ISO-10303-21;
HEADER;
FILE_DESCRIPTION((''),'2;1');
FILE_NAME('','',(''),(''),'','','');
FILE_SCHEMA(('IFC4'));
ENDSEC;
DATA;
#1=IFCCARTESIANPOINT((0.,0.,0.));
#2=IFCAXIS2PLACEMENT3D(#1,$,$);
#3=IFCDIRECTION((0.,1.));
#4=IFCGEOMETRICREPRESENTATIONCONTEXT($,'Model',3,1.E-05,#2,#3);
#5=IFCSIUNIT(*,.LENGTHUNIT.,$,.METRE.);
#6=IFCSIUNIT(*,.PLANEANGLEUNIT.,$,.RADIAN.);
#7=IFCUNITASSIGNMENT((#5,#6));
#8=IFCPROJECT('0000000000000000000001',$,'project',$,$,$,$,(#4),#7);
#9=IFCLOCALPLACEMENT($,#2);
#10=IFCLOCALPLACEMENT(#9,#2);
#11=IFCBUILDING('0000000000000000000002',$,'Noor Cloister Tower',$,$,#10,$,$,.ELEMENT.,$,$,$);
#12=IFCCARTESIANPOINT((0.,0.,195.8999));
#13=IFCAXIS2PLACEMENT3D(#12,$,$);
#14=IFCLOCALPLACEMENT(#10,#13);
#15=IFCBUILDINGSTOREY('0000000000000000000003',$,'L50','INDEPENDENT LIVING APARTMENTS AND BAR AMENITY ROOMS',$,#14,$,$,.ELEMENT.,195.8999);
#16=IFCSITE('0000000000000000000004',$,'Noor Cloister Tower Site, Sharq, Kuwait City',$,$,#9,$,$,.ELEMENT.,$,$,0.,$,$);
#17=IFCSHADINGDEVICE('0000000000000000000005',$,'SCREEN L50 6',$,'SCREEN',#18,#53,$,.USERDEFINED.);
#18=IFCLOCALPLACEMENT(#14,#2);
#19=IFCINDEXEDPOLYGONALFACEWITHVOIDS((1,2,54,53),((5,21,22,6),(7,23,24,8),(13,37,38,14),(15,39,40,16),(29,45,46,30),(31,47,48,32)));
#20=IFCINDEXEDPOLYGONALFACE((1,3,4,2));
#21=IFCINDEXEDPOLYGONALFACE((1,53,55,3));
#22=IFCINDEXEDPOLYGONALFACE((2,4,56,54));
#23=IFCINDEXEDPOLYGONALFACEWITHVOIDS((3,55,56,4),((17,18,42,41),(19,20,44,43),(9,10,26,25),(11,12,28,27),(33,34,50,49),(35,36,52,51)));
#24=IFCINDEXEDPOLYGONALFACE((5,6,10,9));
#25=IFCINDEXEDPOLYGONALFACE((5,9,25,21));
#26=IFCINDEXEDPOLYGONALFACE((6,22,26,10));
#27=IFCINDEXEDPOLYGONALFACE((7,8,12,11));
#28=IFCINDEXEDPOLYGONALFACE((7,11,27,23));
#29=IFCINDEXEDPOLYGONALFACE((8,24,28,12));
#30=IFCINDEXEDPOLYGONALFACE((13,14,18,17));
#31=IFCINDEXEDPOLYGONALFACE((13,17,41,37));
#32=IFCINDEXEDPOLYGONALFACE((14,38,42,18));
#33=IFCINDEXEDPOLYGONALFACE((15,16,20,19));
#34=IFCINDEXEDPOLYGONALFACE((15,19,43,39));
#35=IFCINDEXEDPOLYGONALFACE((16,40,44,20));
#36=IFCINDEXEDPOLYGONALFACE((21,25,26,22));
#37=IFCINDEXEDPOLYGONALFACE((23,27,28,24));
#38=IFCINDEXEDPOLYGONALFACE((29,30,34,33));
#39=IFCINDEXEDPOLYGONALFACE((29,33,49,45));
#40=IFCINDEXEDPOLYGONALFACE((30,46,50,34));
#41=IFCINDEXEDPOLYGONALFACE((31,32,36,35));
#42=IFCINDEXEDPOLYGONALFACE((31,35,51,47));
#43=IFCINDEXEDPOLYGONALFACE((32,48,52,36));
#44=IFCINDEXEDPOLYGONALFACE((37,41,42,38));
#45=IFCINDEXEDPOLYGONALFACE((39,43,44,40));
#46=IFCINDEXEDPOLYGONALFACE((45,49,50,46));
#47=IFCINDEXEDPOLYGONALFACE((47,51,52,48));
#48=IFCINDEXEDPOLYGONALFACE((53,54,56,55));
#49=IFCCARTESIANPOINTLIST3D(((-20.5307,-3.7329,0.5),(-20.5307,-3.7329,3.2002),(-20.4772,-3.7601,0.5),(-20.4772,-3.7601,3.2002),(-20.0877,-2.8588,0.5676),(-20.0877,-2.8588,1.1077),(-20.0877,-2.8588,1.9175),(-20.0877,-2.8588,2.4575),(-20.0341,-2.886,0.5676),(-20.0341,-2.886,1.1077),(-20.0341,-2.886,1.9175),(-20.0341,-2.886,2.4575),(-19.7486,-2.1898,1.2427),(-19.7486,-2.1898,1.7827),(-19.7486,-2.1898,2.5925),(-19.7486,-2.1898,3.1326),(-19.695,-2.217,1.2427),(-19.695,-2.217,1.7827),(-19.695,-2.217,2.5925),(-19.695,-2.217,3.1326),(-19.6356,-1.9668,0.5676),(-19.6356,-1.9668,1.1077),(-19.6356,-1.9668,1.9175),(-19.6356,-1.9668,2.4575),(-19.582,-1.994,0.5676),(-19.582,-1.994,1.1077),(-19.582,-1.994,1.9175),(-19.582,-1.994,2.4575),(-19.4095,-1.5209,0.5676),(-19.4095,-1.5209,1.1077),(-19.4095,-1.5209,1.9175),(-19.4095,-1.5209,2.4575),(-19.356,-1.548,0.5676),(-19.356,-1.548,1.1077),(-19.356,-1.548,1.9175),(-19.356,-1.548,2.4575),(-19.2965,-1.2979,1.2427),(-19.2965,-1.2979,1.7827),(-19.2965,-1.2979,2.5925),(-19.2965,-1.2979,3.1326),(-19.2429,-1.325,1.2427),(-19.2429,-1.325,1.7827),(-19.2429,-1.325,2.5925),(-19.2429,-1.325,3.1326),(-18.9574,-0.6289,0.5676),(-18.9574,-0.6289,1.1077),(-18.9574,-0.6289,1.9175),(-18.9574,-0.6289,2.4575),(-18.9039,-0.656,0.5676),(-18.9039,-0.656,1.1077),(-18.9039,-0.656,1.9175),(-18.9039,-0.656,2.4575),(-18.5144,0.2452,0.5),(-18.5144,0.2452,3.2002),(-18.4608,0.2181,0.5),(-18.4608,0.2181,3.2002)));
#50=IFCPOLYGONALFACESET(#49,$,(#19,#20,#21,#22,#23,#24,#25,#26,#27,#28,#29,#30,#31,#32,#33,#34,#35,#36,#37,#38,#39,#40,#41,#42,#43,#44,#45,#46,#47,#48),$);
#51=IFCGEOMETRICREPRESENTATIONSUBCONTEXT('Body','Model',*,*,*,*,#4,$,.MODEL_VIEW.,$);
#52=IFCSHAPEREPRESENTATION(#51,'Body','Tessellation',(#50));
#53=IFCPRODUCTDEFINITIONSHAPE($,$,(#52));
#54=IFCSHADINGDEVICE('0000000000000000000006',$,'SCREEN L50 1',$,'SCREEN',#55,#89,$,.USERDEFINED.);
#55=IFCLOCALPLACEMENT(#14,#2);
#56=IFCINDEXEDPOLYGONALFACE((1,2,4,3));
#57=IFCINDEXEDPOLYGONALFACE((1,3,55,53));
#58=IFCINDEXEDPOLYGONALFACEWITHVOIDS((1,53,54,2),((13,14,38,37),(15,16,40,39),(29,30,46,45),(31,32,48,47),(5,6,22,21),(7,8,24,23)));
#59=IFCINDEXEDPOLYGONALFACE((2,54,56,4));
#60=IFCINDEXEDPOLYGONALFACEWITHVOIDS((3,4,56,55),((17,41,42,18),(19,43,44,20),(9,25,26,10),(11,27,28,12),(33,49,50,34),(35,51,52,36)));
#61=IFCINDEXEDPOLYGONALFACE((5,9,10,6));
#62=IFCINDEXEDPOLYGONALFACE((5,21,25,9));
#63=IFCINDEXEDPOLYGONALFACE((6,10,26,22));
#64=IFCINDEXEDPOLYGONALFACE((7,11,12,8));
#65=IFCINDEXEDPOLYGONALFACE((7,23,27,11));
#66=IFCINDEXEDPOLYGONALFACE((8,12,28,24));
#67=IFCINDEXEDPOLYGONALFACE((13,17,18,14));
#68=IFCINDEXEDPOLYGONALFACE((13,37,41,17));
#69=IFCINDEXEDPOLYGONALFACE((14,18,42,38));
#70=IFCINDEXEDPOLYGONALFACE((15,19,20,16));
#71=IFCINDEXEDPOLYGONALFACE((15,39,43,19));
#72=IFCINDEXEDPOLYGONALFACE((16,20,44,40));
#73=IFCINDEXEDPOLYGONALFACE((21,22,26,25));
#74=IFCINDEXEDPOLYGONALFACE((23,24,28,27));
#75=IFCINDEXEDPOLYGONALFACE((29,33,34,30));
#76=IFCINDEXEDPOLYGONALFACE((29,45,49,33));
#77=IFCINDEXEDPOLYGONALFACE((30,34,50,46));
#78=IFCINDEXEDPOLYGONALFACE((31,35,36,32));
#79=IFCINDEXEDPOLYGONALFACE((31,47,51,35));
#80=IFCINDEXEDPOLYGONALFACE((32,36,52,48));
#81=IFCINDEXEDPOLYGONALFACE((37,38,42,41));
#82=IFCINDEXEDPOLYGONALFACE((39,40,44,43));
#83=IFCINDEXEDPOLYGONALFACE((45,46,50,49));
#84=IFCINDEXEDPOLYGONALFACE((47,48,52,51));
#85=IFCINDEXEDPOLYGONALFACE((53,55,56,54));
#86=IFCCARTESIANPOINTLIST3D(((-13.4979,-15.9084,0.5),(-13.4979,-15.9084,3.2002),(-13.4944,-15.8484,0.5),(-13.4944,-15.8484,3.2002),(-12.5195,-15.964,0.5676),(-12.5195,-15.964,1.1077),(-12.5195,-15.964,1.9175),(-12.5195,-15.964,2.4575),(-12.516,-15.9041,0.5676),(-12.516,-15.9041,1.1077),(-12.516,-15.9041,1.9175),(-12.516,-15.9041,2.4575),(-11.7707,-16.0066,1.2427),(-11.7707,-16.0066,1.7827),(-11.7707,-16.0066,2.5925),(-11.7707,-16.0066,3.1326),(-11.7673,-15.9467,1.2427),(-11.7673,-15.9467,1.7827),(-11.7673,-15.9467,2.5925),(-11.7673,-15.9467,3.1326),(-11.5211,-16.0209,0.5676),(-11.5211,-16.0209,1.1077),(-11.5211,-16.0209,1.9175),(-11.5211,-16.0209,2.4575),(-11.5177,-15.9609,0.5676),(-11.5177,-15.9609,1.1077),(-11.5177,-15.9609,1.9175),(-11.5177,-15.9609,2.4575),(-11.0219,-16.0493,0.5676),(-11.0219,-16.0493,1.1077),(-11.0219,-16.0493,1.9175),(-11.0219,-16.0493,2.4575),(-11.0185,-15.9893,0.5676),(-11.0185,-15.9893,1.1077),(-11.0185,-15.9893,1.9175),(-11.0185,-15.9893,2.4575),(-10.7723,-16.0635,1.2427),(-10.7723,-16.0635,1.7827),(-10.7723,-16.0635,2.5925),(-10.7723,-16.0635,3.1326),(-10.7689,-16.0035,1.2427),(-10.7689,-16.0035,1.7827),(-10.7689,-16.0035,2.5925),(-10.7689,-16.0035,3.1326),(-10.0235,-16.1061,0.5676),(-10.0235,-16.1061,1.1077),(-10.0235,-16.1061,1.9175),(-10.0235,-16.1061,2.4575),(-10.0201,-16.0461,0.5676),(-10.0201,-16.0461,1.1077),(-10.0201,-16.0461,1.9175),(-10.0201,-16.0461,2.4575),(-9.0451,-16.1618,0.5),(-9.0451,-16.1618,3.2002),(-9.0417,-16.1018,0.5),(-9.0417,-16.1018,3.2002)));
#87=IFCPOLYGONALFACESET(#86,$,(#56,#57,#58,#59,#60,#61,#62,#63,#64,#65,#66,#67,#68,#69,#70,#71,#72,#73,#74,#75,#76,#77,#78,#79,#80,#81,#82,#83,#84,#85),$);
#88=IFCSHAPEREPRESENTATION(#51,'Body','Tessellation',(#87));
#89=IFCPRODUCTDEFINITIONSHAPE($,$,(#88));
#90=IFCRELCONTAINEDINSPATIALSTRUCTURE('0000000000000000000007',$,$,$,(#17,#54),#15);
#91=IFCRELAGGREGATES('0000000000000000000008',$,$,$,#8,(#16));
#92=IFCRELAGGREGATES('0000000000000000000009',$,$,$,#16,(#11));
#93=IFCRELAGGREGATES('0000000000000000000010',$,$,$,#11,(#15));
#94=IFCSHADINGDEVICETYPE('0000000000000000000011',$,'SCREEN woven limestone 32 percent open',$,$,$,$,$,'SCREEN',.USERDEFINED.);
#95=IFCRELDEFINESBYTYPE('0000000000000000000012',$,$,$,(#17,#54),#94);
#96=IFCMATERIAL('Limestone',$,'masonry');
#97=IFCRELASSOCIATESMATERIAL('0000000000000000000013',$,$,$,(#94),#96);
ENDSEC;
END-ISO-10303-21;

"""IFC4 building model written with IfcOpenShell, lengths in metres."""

from ifc_helpers import new_model, si_unit, direction, frame, origin, place, context, subcontext, project, spatial, polyline, outline, extrude, material, material_profile, profile_set, type_object, element, save


model = new_model("IFC4")

# Units and contexts
model_context = context("Model", 3, precision=1e-05, world=origin(), true_north=direction((0.0, 1.0)))
body_context = subcontext(model_context, "Body", "Model", "MODEL_VIEW")
ifc_project = project(units=[si_unit("LENGTHUNIT", "METRE"), si_unit("PLANEANGLEUNIT", "RADIAN")], contexts=[model_context])

# Site, building, storey
site_placement = place(None, origin())
site = spatial("IfcSite", under=ifc_project, at=site_placement, Name="Noor Cloister Tower Site, Sharq, Kuwait City", CompositionType="ELEMENT", RefElevation=0.0)
building_placement = place(site_placement, origin())
building = spatial("IfcBuilding", under=site, at=building_placement, Name="Noor Cloister Tower", CompositionType="ELEMENT")
storey_placement = place(building_placement, frame((0.0, 0.0, 195.8999)))
storey = spatial("IfcBuildingStorey", under=building, at=storey_placement, Name="L50", Description="INDEPENDENT LIVING APARTMENTS AND BAR AMENITY ROOMS", CompositionType="ELEMENT", Elevation=195.8999)

# Shading devices
ifc_material_1 = material(Name="Limestone", Category="masonry")
ifc_material_profile_1 = material_profile(ifc_material_1, outline(polyline([(-2.23, -1.3501), (2.23, -1.3501), (2.23, 1.3501), (-2.23, 1.3501), (-2.23, -1.3501)]), holes=[polyline([(-1.25, -1.2825), (-0.25, -1.2825), (-0.25, -0.7424), (-1.25, -0.7424), (-1.25, -1.2825)]), polyline([(0.25, -1.2825), (1.25, -1.2825), (1.25, -0.7424), (0.25, -0.7424), (0.25, -1.2825)]), polyline([(-0.5, -0.6074), (0.5, -0.6074), (0.5, -0.0674), (-0.5, -0.0674), (-0.5, -0.6074)]), polyline([(-1.25, 0.0674), (-0.25, 0.0674), (-0.25, 0.6074), (-1.25, 0.6074), (-1.25, 0.0674)]), polyline([(0.25, 0.0674), (1.25, 0.0674), (1.25, 0.6074), (0.25, 0.6074), (0.25, 0.0674)]), polyline([(-0.5, 0.7424), (0.5, 0.7424), (0.5, 1.2825), (-0.5, 1.2825), (-0.5, 0.7424)])]), Name="Woven screen 32 percent open")
ifc_profile_set_1 = profile_set([ifc_material_profile_1], Name="Limestone")
shading_device_type = type_object("IfcShadingDeviceType", Name="SCREEN woven limestone 32 percent open", ElementType="SCREEN", PredefinedType="USERDEFINED", material=ifc_profile_set_1)
for number, where, z_axis, x_axis, name in (
    (1, (-19.469, -1.771, 1.8501), (-0.89197, 0.452094, 0.0), (-0.452094, -0.89197, 0.0), "SCREEN L50 6"),
    (2, (-11.2681, -15.9751, 1.8501), (-0.056819, -0.998385, 0.0), (0.998385, -0.056819, 0.0), "SCREEN L50 1"),
):
    element("IfcShadingDevice", number, at=place(storey_placement, frame(where, z_axis=z_axis, x_axis=x_axis)), inside=storey, type_object=shading_device_type, Name=name, ObjectType="SCREEN", PredefinedType="USERDEFINED", context=body_context, shape_type="SweptSolid", body=[
        extrude(outline(polyline([(-2.23, -1.3501), (2.23, -1.3501), (2.23, 1.3501), (-2.23, 1.3501), (-2.23, -1.3501)]), holes=[polyline([(-1.25, -1.2825), (-0.25, -1.2825), (-0.25, -0.7424), (-1.25, -0.7424), (-1.25, -1.2825)]), polyline([(0.25, -1.2825), (1.25, -1.2825), (1.25, -0.7424), (0.25, -0.7424), (0.25, -1.2825)]), polyline([(-0.5, -0.6074), (0.5, -0.6074), (0.5, -0.0674), (-0.5, -0.0674), (-0.5, -0.6074)]), polyline([(-1.25, 0.0674), (-0.25, 0.0674), (-0.25, 0.6074), (-1.25, 0.6074), (-1.25, 0.0674)]), polyline([(0.25, 0.0674), (1.25, 0.0674), (1.25, 0.6074), (0.25, 0.6074), (0.25, 0.0674)]), polyline([(-0.5, 0.7424), (0.5, 0.7424), (0.5, 1.2825), (-0.5, 1.2825), (-0.5, 0.7424)])]), origin(), (0.0, 0.0, 1.0), 0.0601),
    ])

save(model, "model.ifc")
